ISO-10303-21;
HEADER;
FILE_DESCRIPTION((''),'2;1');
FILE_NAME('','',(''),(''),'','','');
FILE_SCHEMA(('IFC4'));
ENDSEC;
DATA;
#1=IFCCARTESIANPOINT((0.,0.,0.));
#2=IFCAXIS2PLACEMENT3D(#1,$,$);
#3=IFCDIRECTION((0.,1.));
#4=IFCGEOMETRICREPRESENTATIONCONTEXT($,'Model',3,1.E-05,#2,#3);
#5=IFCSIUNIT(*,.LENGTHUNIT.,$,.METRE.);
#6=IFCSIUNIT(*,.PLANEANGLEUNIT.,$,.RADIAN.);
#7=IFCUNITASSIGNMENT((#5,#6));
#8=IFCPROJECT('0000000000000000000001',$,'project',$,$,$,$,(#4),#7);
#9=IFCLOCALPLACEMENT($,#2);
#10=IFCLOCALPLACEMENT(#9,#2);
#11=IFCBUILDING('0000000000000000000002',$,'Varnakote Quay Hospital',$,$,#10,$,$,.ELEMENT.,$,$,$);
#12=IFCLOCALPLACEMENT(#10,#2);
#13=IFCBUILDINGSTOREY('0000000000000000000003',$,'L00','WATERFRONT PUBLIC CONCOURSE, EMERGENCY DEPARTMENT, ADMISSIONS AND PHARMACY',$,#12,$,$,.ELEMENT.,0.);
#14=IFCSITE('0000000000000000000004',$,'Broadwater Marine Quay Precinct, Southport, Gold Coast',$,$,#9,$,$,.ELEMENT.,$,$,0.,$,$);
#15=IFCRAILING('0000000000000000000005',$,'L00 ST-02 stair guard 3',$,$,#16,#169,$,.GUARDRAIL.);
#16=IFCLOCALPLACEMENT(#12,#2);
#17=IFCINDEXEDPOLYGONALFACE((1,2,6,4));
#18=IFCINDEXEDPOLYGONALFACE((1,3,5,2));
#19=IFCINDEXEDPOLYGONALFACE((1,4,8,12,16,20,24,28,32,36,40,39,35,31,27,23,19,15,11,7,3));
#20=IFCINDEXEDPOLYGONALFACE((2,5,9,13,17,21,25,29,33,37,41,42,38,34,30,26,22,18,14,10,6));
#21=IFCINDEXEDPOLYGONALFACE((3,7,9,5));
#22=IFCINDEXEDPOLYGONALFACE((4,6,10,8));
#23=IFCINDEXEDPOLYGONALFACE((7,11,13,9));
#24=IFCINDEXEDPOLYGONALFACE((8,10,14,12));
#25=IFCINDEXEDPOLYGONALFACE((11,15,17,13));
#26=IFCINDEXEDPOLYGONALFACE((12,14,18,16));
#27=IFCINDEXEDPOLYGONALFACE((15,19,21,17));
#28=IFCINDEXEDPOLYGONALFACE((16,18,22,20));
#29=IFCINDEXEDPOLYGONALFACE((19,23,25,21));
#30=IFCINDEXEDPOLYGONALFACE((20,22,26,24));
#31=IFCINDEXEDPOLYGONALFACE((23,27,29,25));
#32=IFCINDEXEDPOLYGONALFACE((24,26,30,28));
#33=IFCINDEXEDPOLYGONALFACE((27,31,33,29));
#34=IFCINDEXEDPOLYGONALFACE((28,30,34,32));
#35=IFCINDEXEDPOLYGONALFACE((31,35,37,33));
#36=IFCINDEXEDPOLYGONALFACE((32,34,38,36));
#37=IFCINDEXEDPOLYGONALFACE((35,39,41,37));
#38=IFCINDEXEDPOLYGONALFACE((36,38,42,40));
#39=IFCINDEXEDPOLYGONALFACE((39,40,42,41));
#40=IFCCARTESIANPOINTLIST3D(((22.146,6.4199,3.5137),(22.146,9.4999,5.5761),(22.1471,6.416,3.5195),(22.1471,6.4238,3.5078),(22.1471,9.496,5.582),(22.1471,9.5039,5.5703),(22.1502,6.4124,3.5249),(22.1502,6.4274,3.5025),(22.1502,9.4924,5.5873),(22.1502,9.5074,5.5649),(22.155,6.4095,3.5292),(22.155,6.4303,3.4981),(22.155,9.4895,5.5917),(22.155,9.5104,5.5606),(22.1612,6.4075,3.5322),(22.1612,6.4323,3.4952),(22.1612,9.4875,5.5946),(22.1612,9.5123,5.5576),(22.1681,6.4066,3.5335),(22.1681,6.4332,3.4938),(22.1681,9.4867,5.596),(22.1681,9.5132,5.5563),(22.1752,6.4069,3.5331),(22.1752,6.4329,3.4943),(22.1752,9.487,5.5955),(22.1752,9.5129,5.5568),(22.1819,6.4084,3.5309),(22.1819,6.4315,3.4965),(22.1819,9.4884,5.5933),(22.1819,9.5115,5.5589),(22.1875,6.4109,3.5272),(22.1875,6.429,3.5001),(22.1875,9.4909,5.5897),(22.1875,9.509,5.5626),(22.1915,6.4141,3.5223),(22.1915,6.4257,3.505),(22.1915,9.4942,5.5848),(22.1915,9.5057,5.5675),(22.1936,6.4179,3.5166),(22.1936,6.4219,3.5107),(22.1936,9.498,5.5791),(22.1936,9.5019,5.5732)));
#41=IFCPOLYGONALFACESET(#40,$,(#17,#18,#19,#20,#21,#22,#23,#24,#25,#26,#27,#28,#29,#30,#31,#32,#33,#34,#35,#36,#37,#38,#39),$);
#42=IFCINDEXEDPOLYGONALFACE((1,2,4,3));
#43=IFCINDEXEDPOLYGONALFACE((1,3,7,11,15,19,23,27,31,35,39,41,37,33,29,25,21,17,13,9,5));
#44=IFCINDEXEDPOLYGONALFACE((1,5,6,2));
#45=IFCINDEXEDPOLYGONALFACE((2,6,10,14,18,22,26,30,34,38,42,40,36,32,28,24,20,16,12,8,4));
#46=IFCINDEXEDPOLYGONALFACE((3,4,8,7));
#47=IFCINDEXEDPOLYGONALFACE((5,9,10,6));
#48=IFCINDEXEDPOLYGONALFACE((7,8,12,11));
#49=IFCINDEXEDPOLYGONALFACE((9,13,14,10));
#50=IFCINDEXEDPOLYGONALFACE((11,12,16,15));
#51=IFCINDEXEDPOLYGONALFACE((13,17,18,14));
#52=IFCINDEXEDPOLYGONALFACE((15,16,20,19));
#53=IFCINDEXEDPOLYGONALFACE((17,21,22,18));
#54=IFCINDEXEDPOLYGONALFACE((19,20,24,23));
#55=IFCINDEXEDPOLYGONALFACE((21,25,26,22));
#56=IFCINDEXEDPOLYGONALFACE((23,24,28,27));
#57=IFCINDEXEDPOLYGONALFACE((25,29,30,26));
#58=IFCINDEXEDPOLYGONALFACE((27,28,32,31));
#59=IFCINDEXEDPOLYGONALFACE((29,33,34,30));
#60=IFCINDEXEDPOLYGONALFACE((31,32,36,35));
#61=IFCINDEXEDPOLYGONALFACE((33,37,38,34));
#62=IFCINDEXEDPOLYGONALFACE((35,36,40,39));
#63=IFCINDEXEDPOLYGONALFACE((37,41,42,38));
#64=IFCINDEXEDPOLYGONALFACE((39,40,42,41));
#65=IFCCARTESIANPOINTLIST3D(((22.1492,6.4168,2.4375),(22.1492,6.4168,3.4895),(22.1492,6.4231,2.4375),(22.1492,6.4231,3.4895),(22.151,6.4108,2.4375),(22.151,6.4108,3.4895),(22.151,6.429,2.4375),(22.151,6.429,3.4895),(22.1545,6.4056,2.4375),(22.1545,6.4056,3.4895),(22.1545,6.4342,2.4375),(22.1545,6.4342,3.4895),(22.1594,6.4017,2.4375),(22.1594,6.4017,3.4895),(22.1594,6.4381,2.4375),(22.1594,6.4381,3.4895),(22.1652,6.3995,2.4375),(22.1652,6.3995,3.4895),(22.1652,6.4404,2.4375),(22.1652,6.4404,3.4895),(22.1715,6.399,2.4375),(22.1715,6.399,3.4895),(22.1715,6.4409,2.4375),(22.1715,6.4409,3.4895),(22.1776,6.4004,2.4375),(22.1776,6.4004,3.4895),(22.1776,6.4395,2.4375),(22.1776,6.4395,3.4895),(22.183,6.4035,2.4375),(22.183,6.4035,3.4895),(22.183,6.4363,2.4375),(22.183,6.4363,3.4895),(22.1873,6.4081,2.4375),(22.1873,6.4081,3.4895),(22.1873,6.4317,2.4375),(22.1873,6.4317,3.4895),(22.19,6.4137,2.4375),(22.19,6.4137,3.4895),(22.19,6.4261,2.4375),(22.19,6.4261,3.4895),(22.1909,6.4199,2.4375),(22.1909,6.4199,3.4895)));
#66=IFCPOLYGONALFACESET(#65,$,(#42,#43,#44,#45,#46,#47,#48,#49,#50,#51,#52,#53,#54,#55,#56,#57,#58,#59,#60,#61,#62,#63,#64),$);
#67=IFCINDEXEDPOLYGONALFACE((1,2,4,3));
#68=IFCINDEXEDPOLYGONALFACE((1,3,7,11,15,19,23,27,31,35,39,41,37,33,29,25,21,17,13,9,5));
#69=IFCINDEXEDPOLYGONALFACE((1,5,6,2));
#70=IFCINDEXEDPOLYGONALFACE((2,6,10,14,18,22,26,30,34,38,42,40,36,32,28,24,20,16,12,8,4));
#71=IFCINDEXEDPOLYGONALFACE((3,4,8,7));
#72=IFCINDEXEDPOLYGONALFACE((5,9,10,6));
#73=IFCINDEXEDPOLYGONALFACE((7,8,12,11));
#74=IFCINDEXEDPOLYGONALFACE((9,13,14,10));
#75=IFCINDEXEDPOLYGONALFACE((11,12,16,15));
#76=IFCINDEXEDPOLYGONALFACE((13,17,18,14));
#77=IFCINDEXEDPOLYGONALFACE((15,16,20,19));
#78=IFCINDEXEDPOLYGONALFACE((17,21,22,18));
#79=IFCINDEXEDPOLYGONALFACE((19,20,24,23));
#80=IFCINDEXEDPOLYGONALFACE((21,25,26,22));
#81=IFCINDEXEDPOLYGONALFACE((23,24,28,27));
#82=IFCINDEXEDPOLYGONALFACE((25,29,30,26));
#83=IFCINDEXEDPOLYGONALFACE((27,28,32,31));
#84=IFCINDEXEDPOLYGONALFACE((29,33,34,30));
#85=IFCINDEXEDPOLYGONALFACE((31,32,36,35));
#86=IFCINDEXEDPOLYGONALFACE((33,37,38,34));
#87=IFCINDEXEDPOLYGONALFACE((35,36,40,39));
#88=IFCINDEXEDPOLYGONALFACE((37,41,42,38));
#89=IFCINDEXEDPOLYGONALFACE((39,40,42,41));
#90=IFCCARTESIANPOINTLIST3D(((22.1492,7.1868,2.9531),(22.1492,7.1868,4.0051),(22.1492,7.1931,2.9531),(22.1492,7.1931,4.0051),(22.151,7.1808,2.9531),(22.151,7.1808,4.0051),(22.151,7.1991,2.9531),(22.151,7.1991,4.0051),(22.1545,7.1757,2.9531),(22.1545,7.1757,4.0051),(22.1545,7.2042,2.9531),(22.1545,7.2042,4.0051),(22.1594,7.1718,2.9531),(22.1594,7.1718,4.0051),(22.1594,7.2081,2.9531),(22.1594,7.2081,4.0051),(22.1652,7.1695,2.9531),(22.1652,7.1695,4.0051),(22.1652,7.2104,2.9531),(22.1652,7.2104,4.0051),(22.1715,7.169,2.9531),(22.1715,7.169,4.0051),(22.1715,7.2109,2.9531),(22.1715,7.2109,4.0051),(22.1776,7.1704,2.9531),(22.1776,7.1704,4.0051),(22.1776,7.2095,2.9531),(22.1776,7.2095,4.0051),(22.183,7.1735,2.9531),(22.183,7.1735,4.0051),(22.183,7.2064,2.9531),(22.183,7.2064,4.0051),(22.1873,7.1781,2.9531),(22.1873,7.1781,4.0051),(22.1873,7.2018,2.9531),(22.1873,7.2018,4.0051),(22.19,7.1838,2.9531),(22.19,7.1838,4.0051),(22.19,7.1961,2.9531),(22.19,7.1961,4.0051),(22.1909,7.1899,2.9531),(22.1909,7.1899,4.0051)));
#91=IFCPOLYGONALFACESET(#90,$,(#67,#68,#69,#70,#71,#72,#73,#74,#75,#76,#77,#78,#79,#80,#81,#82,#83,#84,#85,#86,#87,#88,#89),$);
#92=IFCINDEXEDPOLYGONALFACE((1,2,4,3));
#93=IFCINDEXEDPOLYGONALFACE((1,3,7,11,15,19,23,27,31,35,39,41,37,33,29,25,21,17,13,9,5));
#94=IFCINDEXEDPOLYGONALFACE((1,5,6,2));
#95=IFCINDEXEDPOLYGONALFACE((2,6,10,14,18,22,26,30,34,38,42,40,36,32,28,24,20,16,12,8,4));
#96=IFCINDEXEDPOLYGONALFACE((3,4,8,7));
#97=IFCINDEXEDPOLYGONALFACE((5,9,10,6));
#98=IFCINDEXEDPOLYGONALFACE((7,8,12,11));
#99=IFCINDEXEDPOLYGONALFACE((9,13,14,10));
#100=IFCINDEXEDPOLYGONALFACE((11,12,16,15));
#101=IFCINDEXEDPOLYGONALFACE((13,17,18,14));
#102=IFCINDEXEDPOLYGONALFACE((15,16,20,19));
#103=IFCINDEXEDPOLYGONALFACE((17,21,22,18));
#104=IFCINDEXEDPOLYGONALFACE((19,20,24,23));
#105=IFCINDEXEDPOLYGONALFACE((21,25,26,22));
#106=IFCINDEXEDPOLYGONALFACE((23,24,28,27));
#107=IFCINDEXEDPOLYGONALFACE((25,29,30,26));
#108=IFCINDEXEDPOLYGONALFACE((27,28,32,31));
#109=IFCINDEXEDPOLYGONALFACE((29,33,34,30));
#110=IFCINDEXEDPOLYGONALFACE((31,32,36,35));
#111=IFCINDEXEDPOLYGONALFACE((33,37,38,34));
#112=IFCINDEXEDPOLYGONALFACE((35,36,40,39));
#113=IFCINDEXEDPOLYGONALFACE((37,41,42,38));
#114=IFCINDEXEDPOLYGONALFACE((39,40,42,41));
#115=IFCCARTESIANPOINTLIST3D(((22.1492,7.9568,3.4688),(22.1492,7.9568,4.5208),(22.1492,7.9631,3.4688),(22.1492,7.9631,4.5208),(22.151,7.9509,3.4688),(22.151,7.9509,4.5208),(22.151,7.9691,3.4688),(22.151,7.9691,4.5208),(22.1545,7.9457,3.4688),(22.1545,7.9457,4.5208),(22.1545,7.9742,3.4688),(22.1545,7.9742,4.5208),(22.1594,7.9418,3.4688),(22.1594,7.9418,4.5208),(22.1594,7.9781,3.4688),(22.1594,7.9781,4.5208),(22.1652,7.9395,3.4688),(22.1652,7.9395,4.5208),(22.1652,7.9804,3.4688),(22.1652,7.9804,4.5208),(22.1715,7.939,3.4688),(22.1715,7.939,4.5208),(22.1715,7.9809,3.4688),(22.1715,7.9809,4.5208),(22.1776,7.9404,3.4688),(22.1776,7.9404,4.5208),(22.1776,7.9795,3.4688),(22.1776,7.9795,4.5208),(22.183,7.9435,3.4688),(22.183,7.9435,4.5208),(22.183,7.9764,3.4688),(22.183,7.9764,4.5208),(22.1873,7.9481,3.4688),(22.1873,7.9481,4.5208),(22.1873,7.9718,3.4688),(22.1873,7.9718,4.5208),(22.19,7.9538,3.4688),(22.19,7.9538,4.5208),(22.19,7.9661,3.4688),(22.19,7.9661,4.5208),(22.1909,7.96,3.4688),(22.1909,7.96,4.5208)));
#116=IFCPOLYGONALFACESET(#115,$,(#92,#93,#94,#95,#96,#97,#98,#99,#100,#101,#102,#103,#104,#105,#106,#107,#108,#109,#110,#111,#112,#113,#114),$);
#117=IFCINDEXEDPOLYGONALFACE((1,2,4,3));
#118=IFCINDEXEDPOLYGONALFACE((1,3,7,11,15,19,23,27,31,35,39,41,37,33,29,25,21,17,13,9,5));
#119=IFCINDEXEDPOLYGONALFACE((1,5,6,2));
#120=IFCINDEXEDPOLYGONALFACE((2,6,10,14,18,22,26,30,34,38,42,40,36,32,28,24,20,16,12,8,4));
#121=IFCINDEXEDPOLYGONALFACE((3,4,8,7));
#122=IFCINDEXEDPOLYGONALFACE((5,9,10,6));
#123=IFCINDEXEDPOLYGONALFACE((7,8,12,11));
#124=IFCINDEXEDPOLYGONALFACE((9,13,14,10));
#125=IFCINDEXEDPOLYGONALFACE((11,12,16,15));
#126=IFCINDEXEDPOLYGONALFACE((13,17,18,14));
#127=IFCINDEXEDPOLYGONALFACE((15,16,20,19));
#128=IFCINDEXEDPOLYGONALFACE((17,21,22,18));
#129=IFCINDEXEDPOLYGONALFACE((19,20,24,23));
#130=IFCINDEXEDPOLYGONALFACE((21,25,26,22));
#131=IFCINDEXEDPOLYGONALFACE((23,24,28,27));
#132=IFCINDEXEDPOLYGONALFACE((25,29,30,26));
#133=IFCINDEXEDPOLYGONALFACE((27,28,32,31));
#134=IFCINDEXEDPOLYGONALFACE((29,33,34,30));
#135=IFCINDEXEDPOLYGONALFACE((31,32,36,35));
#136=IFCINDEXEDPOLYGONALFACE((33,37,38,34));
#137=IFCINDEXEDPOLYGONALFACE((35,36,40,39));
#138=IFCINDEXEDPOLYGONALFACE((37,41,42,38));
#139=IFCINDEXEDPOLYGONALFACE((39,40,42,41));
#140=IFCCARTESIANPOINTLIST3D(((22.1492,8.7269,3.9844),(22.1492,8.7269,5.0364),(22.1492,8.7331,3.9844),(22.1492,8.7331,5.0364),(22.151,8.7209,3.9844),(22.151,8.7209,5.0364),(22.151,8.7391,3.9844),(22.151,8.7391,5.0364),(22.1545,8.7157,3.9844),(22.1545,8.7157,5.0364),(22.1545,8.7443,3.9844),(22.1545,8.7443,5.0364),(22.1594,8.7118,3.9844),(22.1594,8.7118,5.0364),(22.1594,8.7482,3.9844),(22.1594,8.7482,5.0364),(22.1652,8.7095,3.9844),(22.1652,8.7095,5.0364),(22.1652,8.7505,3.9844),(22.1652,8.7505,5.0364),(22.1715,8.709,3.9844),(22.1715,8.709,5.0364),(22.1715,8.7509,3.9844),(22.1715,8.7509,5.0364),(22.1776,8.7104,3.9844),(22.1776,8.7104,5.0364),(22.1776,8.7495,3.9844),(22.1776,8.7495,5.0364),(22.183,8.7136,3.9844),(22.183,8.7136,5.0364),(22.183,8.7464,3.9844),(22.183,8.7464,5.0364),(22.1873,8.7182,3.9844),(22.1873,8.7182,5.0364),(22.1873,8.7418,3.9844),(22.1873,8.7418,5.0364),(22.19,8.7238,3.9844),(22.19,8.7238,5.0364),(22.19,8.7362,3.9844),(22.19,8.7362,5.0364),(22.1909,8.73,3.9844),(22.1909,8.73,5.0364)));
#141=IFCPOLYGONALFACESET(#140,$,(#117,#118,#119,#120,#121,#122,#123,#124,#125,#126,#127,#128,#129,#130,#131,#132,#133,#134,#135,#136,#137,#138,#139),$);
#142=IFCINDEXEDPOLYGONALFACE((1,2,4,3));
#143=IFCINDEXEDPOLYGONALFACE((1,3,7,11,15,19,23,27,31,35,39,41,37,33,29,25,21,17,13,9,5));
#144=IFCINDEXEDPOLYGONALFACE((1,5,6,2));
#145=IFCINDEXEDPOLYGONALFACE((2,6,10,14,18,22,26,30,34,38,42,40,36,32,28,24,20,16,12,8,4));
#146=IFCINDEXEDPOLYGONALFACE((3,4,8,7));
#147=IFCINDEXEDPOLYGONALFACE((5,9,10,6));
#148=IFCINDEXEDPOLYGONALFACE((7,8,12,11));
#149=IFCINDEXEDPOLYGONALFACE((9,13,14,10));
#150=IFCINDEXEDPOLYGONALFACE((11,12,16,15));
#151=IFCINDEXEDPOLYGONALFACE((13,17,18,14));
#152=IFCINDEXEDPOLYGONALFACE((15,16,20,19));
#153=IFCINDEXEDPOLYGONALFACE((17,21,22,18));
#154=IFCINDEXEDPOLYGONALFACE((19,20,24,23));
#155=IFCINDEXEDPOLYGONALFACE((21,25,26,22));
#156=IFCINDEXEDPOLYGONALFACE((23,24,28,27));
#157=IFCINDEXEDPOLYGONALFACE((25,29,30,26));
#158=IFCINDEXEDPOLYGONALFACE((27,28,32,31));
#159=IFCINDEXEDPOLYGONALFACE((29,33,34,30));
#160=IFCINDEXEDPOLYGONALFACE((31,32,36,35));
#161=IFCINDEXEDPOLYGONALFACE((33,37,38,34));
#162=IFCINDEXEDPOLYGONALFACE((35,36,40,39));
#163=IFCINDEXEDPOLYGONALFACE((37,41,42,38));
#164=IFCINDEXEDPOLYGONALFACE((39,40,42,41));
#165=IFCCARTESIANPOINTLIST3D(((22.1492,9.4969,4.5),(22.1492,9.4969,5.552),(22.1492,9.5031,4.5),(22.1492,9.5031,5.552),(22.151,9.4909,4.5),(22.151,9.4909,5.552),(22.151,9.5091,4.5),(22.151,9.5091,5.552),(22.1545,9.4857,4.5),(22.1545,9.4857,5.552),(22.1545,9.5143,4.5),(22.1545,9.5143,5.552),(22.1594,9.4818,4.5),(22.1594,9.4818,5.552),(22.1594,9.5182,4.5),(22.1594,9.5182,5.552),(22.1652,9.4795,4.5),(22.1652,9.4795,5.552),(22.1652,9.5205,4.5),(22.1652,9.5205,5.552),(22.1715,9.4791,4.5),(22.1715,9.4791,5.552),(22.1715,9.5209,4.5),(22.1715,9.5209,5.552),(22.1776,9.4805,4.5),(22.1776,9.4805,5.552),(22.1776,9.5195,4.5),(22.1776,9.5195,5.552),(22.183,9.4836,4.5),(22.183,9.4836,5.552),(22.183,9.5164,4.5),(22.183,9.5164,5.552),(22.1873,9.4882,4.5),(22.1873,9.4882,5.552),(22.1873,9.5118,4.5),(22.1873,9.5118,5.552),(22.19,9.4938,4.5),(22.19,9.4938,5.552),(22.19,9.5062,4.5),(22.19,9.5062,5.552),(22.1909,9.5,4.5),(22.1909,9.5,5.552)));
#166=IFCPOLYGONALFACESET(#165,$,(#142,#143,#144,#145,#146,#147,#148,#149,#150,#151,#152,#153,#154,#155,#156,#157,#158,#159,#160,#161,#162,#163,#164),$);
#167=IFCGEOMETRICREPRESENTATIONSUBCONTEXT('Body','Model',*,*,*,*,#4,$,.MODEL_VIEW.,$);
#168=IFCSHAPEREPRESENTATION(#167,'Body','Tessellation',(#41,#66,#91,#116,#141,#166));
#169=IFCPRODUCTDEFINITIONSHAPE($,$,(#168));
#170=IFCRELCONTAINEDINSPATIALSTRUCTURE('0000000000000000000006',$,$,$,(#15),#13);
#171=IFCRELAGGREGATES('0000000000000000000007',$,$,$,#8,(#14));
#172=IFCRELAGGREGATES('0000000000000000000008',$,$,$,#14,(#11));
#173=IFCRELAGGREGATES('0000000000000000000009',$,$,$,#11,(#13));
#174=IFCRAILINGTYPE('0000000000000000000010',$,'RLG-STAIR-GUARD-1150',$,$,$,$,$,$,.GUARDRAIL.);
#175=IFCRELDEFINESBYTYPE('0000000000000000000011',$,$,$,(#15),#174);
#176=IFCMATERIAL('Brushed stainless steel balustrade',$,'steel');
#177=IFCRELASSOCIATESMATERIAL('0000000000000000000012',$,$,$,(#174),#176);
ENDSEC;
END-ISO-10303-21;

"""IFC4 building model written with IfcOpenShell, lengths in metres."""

from ifc_helpers import new_model, si_unit, direction, frame, origin, origin_2d, place, context, subcontext, project, spatial, circle, extrude, material, type_object, element, save


model = new_model("IFC4")

# Units and contexts
model_context = context("Model", 3, precision=1e-05, world=origin(), true_north=direction((0.0, 1.0)))
body_context = subcontext(model_context, "Body", "Model", "MODEL_VIEW")
ifc_project = project(units=[si_unit("LENGTHUNIT", "METRE"), si_unit("PLANEANGLEUNIT", "RADIAN")], contexts=[model_context])

# Site, building, storey
site_placement = place(None, origin())
site = spatial("IfcSite", under=ifc_project, at=site_placement, Name="Broadwater Marine Quay Precinct, Southport, Gold Coast", CompositionType="ELEMENT", RefElevation=0.0)
building_placement = place(site_placement, origin())
building = spatial("IfcBuilding", under=site, at=building_placement, Name="Varnakote Quay Hospital", CompositionType="ELEMENT")
storey_placement = place(building_placement, origin())
storey = spatial("IfcBuildingStorey", under=building, at=storey_placement, Name="L00", Description="WATERFRONT PUBLIC CONCOURSE, EMERGENCY DEPARTMENT, ADMISSIONS AND PHARMACY", CompositionType="ELEMENT", Elevation=0.0)

# Railing
ifc_material_1 = material(Name="Brushed stainless steel balustrade", Category="steel")
railing_type_1 = type_object("IfcRailingType", Name="RLG-STAIR-GUARD-1150", PredefinedType="GUARDRAIL", material=ifc_material_1)
railing_1_placement = place(storey_placement, frame((22.1699, 6.4199, 2.4375)))
element("IfcRailing", 1, at=railing_1_placement, inside=storey, type_object=railing_type_1, Name="L00 ST-02 stair guard 3", PredefinedType="GUARDRAIL", context=body_context, shape_type="SweptSolid", body=[
    extrude(circle(Radius=0.0239, at=origin_2d()), frame((0.0, 0.0, 1.0762), z_axis=(0.0, 0.830914, 0.556401), x_axis=(-1.0, 0.0, 0.0)), (0.0, 0.0, 1.0), 3.7068),
    extrude(circle(Radius=0.021, at=origin_2d()), origin(), (0.0, 0.0, 1.0), 1.052),
    extrude(circle(Radius=0.021, at=origin_2d()), frame((0.0, 0.77, 0.5156)), (0.0, 0.0, 1.0), 1.052),
    extrude(circle(Radius=0.021, at=origin_2d()), frame((0.0, 1.54, 1.0312)), (0.0, 0.0, 1.0), 1.052),
    extrude(circle(Radius=0.021, at=origin_2d()), frame((0.0, 2.3101, 1.5469)), (0.0, 0.0, 1.0), 1.052),
    extrude(circle(Radius=0.021, at=origin_2d()), frame((0.0, 3.0801, 2.0625)), (0.0, 0.0, 1.0), 1.052),
])

save(model, "model.ifc")
